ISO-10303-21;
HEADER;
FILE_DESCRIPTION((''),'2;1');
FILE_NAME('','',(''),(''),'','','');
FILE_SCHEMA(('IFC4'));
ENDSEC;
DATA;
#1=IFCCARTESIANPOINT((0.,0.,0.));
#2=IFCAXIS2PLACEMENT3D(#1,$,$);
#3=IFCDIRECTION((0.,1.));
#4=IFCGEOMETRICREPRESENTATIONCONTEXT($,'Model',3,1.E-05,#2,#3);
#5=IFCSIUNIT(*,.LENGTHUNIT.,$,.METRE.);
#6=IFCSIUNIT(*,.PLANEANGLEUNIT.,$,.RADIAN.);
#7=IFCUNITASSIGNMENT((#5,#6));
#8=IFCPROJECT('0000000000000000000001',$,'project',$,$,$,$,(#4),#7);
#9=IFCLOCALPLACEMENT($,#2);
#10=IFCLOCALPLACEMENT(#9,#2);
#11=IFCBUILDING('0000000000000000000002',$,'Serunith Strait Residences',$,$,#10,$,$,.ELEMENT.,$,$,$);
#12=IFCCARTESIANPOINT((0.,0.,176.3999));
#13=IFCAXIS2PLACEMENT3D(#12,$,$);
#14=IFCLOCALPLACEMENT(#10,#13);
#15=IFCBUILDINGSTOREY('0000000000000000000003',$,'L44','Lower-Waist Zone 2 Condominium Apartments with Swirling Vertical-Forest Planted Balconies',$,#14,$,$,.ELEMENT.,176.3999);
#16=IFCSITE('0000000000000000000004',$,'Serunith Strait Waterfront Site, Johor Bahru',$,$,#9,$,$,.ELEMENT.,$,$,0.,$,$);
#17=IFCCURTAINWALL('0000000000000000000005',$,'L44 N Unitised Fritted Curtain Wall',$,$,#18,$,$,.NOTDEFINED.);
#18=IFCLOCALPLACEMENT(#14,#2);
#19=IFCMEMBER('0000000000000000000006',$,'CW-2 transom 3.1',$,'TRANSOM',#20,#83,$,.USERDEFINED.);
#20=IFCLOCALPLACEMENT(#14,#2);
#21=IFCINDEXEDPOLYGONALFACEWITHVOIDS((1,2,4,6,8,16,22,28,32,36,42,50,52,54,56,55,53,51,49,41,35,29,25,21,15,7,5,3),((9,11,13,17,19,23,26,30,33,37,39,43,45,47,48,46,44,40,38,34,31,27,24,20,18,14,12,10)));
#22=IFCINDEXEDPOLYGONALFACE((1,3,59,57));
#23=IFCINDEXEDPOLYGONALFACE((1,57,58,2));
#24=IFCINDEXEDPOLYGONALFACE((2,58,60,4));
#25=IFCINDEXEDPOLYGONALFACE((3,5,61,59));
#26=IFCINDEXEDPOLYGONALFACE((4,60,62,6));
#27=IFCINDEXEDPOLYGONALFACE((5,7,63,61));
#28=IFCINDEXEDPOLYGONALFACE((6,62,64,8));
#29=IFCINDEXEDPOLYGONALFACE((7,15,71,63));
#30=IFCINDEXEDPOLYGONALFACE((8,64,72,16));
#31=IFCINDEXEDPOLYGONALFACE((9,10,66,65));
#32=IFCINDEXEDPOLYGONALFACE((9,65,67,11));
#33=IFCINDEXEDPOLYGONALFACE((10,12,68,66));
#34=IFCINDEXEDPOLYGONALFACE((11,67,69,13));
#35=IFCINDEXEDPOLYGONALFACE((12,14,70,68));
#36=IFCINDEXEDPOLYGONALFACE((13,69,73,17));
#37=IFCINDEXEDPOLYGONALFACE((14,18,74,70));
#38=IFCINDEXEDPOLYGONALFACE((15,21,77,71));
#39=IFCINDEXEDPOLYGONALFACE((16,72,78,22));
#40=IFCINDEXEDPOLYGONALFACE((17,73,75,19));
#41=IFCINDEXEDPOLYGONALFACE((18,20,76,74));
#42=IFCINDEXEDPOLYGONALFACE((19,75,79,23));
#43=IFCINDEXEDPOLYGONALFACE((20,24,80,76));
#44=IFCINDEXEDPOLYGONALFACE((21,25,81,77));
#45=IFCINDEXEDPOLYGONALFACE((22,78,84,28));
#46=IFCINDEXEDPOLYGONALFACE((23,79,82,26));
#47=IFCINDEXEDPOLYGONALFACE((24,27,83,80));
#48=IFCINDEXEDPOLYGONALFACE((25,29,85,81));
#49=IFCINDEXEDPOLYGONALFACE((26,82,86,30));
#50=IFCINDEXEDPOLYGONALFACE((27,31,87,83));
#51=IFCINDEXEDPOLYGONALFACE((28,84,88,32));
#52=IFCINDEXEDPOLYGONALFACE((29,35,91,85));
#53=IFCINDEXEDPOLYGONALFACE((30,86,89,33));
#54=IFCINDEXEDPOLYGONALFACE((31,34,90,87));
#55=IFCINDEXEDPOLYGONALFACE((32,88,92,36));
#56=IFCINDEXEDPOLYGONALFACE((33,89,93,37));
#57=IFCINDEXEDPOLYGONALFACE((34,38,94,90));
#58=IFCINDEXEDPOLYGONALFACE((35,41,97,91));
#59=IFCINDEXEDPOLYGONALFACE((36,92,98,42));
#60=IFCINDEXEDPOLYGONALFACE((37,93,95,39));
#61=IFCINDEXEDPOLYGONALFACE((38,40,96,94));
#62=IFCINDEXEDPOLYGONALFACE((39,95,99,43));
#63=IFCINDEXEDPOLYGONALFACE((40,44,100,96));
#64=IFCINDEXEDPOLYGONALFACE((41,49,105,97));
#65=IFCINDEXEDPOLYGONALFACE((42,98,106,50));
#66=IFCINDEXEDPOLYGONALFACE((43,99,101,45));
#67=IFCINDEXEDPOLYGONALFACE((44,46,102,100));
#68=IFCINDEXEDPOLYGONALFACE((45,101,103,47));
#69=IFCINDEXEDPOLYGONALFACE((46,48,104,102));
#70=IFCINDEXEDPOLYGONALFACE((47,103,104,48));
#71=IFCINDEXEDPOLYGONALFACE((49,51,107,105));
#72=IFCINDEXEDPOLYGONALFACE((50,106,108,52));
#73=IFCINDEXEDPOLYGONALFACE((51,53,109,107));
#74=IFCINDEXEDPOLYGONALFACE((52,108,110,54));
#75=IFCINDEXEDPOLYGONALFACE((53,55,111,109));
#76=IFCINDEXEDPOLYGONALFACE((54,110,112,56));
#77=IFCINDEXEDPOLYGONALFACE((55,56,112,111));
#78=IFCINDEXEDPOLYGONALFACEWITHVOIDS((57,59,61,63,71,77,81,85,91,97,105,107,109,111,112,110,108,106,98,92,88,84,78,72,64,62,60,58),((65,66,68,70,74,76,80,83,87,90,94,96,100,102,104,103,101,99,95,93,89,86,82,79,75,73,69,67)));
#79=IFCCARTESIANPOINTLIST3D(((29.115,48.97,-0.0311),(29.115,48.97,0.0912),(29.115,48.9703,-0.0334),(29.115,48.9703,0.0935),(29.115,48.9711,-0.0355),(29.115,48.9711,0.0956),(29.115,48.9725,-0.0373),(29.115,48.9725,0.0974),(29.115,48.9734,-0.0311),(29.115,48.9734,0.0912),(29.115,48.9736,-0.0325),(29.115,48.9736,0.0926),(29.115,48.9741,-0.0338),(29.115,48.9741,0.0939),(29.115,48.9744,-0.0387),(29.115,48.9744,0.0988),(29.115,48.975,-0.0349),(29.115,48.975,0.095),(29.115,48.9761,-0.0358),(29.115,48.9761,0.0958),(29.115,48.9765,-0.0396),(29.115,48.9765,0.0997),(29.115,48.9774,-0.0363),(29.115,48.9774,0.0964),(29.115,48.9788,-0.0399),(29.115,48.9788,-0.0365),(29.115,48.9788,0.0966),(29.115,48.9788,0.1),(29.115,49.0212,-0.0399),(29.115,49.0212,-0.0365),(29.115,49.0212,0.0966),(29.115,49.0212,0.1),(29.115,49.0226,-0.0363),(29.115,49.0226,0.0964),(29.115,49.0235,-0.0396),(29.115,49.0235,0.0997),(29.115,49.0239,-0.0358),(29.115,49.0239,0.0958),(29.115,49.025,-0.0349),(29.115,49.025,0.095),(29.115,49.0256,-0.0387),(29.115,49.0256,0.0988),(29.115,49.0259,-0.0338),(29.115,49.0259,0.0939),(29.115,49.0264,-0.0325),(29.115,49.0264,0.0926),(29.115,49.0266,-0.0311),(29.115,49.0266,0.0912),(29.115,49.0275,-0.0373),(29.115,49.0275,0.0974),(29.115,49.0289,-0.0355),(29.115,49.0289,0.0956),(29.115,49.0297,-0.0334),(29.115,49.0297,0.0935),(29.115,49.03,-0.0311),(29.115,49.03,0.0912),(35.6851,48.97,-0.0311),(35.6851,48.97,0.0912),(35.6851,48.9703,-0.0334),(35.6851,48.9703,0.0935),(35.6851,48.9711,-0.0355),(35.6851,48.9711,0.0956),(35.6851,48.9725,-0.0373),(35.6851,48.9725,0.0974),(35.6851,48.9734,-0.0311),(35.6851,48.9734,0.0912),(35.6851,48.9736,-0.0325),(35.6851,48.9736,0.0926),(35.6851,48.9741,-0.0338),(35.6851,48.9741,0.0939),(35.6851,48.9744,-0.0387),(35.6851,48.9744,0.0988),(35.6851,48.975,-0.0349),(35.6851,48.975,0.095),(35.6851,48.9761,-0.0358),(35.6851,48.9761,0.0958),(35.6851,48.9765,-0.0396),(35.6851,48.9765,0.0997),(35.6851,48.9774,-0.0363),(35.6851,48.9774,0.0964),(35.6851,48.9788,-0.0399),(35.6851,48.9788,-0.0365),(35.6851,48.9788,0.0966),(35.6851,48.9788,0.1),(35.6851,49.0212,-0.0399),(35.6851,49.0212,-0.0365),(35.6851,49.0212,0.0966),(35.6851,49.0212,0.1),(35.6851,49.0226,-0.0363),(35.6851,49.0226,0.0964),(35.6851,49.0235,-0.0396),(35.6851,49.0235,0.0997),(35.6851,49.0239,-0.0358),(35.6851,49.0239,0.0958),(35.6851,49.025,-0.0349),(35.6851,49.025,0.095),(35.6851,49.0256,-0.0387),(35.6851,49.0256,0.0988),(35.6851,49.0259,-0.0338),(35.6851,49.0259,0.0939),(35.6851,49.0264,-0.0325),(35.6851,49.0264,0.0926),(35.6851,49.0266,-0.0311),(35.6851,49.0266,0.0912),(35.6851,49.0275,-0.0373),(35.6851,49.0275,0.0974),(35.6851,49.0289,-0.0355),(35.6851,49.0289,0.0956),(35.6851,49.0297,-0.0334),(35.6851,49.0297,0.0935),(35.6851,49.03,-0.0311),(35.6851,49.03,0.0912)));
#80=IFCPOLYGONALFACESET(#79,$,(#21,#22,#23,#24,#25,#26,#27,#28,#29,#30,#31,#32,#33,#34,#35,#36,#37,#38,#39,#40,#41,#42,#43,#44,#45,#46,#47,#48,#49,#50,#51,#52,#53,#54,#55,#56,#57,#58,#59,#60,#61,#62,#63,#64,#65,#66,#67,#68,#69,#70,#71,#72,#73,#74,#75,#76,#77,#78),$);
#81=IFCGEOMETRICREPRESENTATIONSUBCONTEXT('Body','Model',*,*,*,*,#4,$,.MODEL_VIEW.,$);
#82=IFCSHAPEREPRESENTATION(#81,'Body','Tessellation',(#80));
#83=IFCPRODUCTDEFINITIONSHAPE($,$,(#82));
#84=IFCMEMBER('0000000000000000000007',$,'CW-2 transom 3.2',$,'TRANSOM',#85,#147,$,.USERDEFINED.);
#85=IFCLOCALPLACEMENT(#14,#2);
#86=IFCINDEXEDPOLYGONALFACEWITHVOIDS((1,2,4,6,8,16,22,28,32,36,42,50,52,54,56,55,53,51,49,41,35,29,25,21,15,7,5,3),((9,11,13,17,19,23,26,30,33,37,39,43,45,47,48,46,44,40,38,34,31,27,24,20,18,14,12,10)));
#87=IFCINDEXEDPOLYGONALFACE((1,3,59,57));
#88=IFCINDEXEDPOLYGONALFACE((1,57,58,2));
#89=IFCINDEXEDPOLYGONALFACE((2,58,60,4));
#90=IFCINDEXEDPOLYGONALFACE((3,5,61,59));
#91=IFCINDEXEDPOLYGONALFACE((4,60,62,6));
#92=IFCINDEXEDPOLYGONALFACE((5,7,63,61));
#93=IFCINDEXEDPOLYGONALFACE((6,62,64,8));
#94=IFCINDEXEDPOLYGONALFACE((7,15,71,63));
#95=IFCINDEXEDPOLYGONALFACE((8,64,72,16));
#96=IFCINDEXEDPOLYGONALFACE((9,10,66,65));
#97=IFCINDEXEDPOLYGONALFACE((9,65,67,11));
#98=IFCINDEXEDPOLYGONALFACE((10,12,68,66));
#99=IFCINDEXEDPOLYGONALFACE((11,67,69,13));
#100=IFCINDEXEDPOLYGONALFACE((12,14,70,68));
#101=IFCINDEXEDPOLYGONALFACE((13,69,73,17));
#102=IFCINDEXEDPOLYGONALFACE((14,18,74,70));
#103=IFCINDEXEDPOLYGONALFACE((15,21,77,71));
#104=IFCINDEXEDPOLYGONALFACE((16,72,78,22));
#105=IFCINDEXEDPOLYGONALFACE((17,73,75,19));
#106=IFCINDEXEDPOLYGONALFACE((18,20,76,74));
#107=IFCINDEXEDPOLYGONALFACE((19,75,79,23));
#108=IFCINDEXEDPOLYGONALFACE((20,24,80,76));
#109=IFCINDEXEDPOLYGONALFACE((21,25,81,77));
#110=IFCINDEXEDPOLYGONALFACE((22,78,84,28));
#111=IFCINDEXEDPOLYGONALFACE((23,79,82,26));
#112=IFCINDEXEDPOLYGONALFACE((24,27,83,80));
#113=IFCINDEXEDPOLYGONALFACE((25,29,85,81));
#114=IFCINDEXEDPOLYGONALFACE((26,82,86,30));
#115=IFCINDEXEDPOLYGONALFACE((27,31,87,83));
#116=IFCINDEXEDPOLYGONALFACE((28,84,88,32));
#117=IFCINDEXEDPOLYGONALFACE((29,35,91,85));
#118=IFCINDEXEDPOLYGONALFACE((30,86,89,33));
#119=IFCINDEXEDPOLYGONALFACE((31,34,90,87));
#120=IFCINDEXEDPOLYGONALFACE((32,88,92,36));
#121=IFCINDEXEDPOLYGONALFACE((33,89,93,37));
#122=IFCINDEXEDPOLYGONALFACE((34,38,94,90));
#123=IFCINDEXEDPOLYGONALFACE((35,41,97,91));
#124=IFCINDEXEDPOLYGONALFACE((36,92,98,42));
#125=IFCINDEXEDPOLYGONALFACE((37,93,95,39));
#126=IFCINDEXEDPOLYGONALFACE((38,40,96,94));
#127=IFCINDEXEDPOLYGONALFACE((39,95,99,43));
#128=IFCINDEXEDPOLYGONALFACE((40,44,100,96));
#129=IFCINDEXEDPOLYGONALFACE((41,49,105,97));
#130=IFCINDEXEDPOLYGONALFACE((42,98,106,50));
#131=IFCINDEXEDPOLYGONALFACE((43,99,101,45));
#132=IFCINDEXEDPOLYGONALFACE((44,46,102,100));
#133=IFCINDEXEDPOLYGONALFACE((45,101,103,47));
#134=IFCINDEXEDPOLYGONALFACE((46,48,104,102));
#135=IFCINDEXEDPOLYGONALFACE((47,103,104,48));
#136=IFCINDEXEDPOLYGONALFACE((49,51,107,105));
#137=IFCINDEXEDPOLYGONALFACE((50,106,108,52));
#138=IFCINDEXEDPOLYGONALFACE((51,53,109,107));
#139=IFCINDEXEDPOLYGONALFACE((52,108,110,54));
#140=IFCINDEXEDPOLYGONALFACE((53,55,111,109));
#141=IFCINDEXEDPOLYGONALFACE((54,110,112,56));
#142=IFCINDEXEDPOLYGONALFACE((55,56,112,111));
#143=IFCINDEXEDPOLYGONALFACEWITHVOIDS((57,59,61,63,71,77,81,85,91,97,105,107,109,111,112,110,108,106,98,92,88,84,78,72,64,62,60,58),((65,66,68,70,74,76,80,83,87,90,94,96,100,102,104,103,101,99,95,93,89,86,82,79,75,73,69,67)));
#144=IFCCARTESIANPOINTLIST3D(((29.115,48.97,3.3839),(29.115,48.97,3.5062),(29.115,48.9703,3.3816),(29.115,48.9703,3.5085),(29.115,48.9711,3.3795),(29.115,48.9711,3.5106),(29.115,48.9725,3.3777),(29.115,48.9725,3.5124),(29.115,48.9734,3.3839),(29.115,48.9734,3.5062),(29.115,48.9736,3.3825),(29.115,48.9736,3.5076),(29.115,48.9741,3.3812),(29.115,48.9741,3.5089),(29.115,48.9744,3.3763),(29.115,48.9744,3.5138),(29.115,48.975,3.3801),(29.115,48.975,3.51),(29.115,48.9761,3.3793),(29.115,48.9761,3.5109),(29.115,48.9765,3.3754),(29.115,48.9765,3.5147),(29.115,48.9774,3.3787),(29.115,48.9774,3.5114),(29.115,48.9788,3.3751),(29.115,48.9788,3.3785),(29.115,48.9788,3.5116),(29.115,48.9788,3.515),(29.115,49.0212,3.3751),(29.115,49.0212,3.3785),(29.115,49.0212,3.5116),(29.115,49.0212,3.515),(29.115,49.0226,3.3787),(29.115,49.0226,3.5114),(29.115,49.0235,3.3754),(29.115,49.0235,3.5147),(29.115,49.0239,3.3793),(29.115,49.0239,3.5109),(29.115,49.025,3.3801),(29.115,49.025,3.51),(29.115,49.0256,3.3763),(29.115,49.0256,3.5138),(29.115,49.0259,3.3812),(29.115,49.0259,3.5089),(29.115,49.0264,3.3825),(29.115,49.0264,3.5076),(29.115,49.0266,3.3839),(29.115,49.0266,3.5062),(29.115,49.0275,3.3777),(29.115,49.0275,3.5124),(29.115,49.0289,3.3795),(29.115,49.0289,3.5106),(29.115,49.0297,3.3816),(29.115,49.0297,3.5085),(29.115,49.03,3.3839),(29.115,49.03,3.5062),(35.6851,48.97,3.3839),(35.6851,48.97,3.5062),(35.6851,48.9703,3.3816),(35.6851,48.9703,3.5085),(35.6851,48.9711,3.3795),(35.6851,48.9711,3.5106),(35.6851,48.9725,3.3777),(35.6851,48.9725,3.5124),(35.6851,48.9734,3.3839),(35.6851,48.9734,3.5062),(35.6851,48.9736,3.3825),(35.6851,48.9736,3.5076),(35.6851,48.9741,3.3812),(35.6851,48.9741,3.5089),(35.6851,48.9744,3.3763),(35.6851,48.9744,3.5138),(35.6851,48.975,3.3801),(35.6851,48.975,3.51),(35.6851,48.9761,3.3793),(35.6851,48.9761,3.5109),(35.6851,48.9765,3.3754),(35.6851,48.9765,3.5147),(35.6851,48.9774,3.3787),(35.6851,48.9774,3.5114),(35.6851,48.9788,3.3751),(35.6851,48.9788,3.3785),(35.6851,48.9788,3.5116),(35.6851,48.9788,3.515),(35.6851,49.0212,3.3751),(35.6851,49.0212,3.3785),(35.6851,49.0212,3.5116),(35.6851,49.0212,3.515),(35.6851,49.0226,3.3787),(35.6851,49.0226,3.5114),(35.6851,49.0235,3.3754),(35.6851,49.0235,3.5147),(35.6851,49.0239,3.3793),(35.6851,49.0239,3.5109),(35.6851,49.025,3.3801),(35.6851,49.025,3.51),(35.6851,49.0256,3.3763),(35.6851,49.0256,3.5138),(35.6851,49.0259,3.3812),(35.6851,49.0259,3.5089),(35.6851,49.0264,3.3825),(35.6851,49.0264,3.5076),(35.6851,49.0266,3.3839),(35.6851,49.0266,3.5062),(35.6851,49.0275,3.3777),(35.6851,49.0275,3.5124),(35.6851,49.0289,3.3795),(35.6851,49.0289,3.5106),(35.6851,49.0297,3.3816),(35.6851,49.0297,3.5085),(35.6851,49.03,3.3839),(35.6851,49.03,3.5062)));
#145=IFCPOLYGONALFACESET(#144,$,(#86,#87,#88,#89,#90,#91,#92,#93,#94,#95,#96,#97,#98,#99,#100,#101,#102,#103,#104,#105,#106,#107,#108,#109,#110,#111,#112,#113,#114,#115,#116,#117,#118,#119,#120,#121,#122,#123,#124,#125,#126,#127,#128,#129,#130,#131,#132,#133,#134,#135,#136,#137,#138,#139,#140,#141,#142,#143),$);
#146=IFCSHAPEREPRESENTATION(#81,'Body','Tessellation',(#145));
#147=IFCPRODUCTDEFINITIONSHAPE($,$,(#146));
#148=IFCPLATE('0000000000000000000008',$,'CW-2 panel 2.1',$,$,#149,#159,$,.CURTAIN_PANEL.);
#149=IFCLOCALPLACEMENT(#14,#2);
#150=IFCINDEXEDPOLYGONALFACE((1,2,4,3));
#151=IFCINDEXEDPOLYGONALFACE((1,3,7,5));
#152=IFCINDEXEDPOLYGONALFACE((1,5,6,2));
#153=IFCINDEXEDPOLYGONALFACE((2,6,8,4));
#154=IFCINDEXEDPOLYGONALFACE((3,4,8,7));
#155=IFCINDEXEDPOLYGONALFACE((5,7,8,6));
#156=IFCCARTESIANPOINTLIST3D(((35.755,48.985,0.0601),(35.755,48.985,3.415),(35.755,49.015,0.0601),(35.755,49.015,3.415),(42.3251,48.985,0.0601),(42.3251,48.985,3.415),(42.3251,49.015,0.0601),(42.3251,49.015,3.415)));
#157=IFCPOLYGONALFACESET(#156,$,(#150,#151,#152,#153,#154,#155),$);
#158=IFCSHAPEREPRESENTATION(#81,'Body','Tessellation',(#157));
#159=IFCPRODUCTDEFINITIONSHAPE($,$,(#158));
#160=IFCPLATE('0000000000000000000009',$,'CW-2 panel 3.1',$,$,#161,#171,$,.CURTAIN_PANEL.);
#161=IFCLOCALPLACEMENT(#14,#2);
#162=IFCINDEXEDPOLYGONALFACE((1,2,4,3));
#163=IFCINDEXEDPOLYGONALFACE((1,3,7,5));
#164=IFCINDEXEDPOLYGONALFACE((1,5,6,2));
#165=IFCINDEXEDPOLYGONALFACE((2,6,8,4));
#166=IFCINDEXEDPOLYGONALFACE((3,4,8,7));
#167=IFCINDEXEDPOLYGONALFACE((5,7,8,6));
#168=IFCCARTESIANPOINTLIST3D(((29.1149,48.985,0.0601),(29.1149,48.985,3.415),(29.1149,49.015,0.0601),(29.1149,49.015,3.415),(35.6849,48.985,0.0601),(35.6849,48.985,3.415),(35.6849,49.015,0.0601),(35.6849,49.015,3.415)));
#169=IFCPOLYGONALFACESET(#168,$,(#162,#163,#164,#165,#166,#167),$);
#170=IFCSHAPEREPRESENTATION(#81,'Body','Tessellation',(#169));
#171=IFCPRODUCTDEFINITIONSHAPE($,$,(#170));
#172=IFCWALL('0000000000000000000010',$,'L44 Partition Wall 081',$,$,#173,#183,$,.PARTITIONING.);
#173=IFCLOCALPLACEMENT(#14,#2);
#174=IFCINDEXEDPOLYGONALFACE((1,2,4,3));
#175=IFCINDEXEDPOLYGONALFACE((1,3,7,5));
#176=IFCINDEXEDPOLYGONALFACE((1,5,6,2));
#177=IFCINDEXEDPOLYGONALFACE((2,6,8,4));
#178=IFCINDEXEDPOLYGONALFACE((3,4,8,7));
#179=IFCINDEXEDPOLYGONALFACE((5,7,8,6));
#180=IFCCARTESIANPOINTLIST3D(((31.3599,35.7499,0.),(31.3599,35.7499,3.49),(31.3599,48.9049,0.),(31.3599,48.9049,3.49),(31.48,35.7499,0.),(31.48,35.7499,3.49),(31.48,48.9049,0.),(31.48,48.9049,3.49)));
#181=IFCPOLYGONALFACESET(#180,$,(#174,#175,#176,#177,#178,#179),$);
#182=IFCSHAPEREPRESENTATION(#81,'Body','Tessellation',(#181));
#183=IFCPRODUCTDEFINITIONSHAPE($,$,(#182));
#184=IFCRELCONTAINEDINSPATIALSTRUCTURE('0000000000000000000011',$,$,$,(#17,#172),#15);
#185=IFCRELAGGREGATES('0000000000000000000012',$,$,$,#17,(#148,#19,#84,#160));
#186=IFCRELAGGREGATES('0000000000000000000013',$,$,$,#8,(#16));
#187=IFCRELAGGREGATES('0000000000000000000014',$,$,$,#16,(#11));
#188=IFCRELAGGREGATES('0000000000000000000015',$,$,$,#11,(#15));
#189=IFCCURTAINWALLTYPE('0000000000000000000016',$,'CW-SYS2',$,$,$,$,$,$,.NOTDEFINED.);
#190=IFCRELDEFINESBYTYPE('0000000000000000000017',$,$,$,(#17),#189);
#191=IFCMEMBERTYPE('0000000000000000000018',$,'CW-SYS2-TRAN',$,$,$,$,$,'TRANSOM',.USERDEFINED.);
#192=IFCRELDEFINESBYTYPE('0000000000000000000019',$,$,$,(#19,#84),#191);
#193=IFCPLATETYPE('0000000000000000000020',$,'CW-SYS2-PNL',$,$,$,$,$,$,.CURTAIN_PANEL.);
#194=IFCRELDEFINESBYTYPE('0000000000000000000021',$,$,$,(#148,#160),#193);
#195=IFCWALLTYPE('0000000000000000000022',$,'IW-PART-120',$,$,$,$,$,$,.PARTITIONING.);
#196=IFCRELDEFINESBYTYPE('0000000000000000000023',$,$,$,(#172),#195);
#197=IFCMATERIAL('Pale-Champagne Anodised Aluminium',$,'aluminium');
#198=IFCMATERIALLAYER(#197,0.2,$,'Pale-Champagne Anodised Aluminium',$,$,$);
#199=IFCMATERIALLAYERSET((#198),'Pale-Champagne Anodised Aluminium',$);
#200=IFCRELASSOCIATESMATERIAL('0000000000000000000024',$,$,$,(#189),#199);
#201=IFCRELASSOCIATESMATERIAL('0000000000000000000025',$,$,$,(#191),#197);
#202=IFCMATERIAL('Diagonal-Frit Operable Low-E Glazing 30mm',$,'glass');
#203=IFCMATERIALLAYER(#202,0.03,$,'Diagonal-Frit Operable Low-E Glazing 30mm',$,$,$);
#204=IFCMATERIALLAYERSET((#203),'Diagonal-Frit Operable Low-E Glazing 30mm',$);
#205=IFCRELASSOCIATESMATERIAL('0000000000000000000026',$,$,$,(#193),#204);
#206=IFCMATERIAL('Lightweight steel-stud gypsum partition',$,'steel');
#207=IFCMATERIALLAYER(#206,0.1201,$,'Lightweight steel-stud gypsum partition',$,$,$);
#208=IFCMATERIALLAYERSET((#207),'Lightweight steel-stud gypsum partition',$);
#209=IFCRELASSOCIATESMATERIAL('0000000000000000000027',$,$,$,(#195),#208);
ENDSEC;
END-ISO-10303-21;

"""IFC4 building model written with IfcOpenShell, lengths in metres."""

from ifc_helpers import new_model, si_unit, direction, frame, frame_2d, origin, origin_2d, place, context, subcontext, project, spatial, rectangle, hollow_rectangle, extrude, source, transform, mapped, material, layer, layer_set, material_profile, profile_set, type_object, element, aggregate, save


model = new_model("IFC4")

# Units and contexts
model_context = context("Model", 3, precision=1e-05, world=origin(), true_north=direction((0.0, 1.0)))
body_context = subcontext(model_context, "Body", "Model", "MODEL_VIEW")
ifc_project = project(units=[si_unit("LENGTHUNIT", "METRE"), si_unit("PLANEANGLEUNIT", "RADIAN")], contexts=[model_context])

# Site, building, storey
site_placement = place(None, origin())
site = spatial("IfcSite", under=ifc_project, at=site_placement, Name="Serunith Strait Waterfront Site, Johor Bahru", CompositionType="ELEMENT", RefElevation=0.0)
building_placement = place(site_placement, origin())
building = spatial("IfcBuilding", under=site, at=building_placement, Name="Serunith Strait Residences", CompositionType="ELEMENT")
storey_placement = place(building_placement, frame((0.0, 0.0, 176.3999)))
storey = spatial("IfcBuildingStorey", under=building, at=storey_placement, Name="L44", Description="Lower-Waist Zone 2 Condominium Apartments with Swirling Vertical-Forest Planted Balconies", CompositionType="ELEMENT", Elevation=176.3999)

# Curtain wall, members, plates
ifc_material_1 = material(Name="Pale-Champagne Anodised Aluminium", Category="aluminium")
ifc_layer_1 = layer(ifc_material_1, 0.2, Name="Pale-Champagne Anodised Aluminium")
ifc_layer_set_1 = layer_set([ifc_layer_1], Name="Pale-Champagne Anodised Aluminium")
curtain_wall_type = type_object("IfcCurtainWallType", Name="CW-SYS2", PredefinedType="NOTDEFINED", material=ifc_layer_set_1)
curtain_wall_placement = place(storey_placement, origin())
curtain_wall = element("IfcCurtainWall", 1, at=curtain_wall_placement, inside=storey, type_object=curtain_wall_type, Name="L44 N Unitised Fritted Curtain Wall", PredefinedType="NOTDEFINED")
ifc_material_profile_1 = material_profile(ifc_material_1, hollow_rectangle(XDim=0.0601, YDim=0.1399, WallThickness=0.0034, InnerFilletRadius=0.0054, OuterFilletRadius=0.0088, at=origin_2d()), Name="ALU 140x60x3.5")
ifc_profile_set_1 = profile_set([ifc_material_profile_1], Name="Pale-Champagne Anodised Aluminium")
member_type_1 = type_object("IfcMemberType", Name="CW-SYS2-TRAN", ElementType="TRANSOM", PredefinedType="USERDEFINED", material=ifc_profile_set_1)
shared_shape_1 = source(origin(), body_context, "Body", "SweptSolid", [
    extrude(hollow_rectangle(XDim=0.0601, YDim=0.1399, WallThickness=0.0034, InnerFilletRadius=0.0054, OuterFilletRadius=0.0088, at=origin_2d()), origin(), (0.0, 0.0, 1.0), 6.5701),
])
member_1_placement = place(storey_placement, frame((35.6851, 49.0, 0.03), z_axis=(-1.0, 0.0, 0.0), x_axis=(0.0, -1.0, 0.0)))
member_1 = element("IfcMember", 2, at=member_1_placement, type_object=member_type_1, Name="CW-2 transom 3.1", ObjectType="TRANSOM", PredefinedType="USERDEFINED", context=body_context, shape_type="MappedRepresentation", body=[
    mapped(shared_shape_1, transform((0.0, 0.0, 0.0), scale=1.0)),
])
member_2_placement = place(storey_placement, frame((35.6851, 49.0, 3.4451), z_axis=(-1.0, 0.0, 0.0), x_axis=(0.0, -1.0, 0.0)))
member_2 = element("IfcMember", 3, at=member_2_placement, type_object=member_type_1, Name="CW-2 transom 3.2", ObjectType="TRANSOM", PredefinedType="USERDEFINED", context=body_context, shape_type="MappedRepresentation", body=[
    mapped(shared_shape_1, transform((0.0, 0.0, 0.0), scale=1.0)),
])
ifc_material_2 = material(Name="Diagonal-Frit Operable Low-E Glazing 30mm", Category="glass")
ifc_layer_2 = layer(ifc_material_2, 0.03, Name="Diagonal-Frit Operable Low-E Glazing 30mm")
ifc_layer_set_2 = layer_set([ifc_layer_2], Name="Diagonal-Frit Operable Low-E Glazing 30mm")
plate_type = type_object("IfcPlateType", Name="CW-SYS2-PNL", PredefinedType="CURTAIN_PANEL", material=ifc_layer_set_2)
shared_shape_2 = source(origin(), body_context, "Body", "SweptSolid", [
    extrude(rectangle(XDim=6.5701, YDim=0.03, at=origin_2d()), origin(), (0.0, 0.0, 1.0), 3.355),
])
plate_1_placement = place(storey_placement, frame((39.04, 49.0, 0.0601), z_axis=(0.0, 0.0, 1.0), x_axis=(-1.0, 0.0, 0.0)))
plate_1 = element("IfcPlate", 4, at=plate_1_placement, type_object=plate_type, Name="CW-2 panel 2.1", PredefinedType="CURTAIN_PANEL", context=body_context, shape_type="MappedRepresentation", body=[
    mapped(shared_shape_2, transform((0.0, 0.0, 0.0), scale=1.0)),
])
plate_2_placement = place(storey_placement, frame((32.3999, 49.0, 0.0601), z_axis=(0.0, 0.0, 1.0), x_axis=(-1.0, 0.0, 0.0)))
plate_2 = element("IfcPlate", 5, at=plate_2_placement, type_object=plate_type, Name="CW-2 panel 3.1", PredefinedType="CURTAIN_PANEL", context=body_context, shape_type="MappedRepresentation", body=[
    mapped(shared_shape_2, transform((0.0, 0.0, 0.0), scale=1.0)),
])
aggregate(curtain_wall, [plate_1, member_1, member_2, plate_2])

# Wall
ifc_material_3 = material(Name="Lightweight steel-stud gypsum partition", Category="steel")
ifc_layer_3 = layer(ifc_material_3, 0.1201, Name="Lightweight steel-stud gypsum partition")
ifc_layer_set_3 = layer_set([ifc_layer_3], Name="Lightweight steel-stud gypsum partition")
wall_type_1 = type_object("IfcWallType", Name="IW-PART-120", PredefinedType="PARTITIONING", material=ifc_layer_set_3)
wall_1_placement = place(storey_placement, frame((31.4199, 48.905, 0.0), z_axis=(0.0, 0.0, 1.0), x_axis=(0.0, -1.0, 0.0)))
element("IfcWall", 6, at=wall_1_placement, inside=storey, type_object=wall_type_1, Name="L44 Partition Wall 081", PredefinedType="PARTITIONING", context=body_context, shape_type="SweptSolid", body=[
    extrude(rectangle(XDim=13.155, YDim=0.1201, at=frame_2d((6.5776, 0.0))), origin(), (0.0, 0.0, 1.0), 3.49),
])

save(model, "model.ifc")
